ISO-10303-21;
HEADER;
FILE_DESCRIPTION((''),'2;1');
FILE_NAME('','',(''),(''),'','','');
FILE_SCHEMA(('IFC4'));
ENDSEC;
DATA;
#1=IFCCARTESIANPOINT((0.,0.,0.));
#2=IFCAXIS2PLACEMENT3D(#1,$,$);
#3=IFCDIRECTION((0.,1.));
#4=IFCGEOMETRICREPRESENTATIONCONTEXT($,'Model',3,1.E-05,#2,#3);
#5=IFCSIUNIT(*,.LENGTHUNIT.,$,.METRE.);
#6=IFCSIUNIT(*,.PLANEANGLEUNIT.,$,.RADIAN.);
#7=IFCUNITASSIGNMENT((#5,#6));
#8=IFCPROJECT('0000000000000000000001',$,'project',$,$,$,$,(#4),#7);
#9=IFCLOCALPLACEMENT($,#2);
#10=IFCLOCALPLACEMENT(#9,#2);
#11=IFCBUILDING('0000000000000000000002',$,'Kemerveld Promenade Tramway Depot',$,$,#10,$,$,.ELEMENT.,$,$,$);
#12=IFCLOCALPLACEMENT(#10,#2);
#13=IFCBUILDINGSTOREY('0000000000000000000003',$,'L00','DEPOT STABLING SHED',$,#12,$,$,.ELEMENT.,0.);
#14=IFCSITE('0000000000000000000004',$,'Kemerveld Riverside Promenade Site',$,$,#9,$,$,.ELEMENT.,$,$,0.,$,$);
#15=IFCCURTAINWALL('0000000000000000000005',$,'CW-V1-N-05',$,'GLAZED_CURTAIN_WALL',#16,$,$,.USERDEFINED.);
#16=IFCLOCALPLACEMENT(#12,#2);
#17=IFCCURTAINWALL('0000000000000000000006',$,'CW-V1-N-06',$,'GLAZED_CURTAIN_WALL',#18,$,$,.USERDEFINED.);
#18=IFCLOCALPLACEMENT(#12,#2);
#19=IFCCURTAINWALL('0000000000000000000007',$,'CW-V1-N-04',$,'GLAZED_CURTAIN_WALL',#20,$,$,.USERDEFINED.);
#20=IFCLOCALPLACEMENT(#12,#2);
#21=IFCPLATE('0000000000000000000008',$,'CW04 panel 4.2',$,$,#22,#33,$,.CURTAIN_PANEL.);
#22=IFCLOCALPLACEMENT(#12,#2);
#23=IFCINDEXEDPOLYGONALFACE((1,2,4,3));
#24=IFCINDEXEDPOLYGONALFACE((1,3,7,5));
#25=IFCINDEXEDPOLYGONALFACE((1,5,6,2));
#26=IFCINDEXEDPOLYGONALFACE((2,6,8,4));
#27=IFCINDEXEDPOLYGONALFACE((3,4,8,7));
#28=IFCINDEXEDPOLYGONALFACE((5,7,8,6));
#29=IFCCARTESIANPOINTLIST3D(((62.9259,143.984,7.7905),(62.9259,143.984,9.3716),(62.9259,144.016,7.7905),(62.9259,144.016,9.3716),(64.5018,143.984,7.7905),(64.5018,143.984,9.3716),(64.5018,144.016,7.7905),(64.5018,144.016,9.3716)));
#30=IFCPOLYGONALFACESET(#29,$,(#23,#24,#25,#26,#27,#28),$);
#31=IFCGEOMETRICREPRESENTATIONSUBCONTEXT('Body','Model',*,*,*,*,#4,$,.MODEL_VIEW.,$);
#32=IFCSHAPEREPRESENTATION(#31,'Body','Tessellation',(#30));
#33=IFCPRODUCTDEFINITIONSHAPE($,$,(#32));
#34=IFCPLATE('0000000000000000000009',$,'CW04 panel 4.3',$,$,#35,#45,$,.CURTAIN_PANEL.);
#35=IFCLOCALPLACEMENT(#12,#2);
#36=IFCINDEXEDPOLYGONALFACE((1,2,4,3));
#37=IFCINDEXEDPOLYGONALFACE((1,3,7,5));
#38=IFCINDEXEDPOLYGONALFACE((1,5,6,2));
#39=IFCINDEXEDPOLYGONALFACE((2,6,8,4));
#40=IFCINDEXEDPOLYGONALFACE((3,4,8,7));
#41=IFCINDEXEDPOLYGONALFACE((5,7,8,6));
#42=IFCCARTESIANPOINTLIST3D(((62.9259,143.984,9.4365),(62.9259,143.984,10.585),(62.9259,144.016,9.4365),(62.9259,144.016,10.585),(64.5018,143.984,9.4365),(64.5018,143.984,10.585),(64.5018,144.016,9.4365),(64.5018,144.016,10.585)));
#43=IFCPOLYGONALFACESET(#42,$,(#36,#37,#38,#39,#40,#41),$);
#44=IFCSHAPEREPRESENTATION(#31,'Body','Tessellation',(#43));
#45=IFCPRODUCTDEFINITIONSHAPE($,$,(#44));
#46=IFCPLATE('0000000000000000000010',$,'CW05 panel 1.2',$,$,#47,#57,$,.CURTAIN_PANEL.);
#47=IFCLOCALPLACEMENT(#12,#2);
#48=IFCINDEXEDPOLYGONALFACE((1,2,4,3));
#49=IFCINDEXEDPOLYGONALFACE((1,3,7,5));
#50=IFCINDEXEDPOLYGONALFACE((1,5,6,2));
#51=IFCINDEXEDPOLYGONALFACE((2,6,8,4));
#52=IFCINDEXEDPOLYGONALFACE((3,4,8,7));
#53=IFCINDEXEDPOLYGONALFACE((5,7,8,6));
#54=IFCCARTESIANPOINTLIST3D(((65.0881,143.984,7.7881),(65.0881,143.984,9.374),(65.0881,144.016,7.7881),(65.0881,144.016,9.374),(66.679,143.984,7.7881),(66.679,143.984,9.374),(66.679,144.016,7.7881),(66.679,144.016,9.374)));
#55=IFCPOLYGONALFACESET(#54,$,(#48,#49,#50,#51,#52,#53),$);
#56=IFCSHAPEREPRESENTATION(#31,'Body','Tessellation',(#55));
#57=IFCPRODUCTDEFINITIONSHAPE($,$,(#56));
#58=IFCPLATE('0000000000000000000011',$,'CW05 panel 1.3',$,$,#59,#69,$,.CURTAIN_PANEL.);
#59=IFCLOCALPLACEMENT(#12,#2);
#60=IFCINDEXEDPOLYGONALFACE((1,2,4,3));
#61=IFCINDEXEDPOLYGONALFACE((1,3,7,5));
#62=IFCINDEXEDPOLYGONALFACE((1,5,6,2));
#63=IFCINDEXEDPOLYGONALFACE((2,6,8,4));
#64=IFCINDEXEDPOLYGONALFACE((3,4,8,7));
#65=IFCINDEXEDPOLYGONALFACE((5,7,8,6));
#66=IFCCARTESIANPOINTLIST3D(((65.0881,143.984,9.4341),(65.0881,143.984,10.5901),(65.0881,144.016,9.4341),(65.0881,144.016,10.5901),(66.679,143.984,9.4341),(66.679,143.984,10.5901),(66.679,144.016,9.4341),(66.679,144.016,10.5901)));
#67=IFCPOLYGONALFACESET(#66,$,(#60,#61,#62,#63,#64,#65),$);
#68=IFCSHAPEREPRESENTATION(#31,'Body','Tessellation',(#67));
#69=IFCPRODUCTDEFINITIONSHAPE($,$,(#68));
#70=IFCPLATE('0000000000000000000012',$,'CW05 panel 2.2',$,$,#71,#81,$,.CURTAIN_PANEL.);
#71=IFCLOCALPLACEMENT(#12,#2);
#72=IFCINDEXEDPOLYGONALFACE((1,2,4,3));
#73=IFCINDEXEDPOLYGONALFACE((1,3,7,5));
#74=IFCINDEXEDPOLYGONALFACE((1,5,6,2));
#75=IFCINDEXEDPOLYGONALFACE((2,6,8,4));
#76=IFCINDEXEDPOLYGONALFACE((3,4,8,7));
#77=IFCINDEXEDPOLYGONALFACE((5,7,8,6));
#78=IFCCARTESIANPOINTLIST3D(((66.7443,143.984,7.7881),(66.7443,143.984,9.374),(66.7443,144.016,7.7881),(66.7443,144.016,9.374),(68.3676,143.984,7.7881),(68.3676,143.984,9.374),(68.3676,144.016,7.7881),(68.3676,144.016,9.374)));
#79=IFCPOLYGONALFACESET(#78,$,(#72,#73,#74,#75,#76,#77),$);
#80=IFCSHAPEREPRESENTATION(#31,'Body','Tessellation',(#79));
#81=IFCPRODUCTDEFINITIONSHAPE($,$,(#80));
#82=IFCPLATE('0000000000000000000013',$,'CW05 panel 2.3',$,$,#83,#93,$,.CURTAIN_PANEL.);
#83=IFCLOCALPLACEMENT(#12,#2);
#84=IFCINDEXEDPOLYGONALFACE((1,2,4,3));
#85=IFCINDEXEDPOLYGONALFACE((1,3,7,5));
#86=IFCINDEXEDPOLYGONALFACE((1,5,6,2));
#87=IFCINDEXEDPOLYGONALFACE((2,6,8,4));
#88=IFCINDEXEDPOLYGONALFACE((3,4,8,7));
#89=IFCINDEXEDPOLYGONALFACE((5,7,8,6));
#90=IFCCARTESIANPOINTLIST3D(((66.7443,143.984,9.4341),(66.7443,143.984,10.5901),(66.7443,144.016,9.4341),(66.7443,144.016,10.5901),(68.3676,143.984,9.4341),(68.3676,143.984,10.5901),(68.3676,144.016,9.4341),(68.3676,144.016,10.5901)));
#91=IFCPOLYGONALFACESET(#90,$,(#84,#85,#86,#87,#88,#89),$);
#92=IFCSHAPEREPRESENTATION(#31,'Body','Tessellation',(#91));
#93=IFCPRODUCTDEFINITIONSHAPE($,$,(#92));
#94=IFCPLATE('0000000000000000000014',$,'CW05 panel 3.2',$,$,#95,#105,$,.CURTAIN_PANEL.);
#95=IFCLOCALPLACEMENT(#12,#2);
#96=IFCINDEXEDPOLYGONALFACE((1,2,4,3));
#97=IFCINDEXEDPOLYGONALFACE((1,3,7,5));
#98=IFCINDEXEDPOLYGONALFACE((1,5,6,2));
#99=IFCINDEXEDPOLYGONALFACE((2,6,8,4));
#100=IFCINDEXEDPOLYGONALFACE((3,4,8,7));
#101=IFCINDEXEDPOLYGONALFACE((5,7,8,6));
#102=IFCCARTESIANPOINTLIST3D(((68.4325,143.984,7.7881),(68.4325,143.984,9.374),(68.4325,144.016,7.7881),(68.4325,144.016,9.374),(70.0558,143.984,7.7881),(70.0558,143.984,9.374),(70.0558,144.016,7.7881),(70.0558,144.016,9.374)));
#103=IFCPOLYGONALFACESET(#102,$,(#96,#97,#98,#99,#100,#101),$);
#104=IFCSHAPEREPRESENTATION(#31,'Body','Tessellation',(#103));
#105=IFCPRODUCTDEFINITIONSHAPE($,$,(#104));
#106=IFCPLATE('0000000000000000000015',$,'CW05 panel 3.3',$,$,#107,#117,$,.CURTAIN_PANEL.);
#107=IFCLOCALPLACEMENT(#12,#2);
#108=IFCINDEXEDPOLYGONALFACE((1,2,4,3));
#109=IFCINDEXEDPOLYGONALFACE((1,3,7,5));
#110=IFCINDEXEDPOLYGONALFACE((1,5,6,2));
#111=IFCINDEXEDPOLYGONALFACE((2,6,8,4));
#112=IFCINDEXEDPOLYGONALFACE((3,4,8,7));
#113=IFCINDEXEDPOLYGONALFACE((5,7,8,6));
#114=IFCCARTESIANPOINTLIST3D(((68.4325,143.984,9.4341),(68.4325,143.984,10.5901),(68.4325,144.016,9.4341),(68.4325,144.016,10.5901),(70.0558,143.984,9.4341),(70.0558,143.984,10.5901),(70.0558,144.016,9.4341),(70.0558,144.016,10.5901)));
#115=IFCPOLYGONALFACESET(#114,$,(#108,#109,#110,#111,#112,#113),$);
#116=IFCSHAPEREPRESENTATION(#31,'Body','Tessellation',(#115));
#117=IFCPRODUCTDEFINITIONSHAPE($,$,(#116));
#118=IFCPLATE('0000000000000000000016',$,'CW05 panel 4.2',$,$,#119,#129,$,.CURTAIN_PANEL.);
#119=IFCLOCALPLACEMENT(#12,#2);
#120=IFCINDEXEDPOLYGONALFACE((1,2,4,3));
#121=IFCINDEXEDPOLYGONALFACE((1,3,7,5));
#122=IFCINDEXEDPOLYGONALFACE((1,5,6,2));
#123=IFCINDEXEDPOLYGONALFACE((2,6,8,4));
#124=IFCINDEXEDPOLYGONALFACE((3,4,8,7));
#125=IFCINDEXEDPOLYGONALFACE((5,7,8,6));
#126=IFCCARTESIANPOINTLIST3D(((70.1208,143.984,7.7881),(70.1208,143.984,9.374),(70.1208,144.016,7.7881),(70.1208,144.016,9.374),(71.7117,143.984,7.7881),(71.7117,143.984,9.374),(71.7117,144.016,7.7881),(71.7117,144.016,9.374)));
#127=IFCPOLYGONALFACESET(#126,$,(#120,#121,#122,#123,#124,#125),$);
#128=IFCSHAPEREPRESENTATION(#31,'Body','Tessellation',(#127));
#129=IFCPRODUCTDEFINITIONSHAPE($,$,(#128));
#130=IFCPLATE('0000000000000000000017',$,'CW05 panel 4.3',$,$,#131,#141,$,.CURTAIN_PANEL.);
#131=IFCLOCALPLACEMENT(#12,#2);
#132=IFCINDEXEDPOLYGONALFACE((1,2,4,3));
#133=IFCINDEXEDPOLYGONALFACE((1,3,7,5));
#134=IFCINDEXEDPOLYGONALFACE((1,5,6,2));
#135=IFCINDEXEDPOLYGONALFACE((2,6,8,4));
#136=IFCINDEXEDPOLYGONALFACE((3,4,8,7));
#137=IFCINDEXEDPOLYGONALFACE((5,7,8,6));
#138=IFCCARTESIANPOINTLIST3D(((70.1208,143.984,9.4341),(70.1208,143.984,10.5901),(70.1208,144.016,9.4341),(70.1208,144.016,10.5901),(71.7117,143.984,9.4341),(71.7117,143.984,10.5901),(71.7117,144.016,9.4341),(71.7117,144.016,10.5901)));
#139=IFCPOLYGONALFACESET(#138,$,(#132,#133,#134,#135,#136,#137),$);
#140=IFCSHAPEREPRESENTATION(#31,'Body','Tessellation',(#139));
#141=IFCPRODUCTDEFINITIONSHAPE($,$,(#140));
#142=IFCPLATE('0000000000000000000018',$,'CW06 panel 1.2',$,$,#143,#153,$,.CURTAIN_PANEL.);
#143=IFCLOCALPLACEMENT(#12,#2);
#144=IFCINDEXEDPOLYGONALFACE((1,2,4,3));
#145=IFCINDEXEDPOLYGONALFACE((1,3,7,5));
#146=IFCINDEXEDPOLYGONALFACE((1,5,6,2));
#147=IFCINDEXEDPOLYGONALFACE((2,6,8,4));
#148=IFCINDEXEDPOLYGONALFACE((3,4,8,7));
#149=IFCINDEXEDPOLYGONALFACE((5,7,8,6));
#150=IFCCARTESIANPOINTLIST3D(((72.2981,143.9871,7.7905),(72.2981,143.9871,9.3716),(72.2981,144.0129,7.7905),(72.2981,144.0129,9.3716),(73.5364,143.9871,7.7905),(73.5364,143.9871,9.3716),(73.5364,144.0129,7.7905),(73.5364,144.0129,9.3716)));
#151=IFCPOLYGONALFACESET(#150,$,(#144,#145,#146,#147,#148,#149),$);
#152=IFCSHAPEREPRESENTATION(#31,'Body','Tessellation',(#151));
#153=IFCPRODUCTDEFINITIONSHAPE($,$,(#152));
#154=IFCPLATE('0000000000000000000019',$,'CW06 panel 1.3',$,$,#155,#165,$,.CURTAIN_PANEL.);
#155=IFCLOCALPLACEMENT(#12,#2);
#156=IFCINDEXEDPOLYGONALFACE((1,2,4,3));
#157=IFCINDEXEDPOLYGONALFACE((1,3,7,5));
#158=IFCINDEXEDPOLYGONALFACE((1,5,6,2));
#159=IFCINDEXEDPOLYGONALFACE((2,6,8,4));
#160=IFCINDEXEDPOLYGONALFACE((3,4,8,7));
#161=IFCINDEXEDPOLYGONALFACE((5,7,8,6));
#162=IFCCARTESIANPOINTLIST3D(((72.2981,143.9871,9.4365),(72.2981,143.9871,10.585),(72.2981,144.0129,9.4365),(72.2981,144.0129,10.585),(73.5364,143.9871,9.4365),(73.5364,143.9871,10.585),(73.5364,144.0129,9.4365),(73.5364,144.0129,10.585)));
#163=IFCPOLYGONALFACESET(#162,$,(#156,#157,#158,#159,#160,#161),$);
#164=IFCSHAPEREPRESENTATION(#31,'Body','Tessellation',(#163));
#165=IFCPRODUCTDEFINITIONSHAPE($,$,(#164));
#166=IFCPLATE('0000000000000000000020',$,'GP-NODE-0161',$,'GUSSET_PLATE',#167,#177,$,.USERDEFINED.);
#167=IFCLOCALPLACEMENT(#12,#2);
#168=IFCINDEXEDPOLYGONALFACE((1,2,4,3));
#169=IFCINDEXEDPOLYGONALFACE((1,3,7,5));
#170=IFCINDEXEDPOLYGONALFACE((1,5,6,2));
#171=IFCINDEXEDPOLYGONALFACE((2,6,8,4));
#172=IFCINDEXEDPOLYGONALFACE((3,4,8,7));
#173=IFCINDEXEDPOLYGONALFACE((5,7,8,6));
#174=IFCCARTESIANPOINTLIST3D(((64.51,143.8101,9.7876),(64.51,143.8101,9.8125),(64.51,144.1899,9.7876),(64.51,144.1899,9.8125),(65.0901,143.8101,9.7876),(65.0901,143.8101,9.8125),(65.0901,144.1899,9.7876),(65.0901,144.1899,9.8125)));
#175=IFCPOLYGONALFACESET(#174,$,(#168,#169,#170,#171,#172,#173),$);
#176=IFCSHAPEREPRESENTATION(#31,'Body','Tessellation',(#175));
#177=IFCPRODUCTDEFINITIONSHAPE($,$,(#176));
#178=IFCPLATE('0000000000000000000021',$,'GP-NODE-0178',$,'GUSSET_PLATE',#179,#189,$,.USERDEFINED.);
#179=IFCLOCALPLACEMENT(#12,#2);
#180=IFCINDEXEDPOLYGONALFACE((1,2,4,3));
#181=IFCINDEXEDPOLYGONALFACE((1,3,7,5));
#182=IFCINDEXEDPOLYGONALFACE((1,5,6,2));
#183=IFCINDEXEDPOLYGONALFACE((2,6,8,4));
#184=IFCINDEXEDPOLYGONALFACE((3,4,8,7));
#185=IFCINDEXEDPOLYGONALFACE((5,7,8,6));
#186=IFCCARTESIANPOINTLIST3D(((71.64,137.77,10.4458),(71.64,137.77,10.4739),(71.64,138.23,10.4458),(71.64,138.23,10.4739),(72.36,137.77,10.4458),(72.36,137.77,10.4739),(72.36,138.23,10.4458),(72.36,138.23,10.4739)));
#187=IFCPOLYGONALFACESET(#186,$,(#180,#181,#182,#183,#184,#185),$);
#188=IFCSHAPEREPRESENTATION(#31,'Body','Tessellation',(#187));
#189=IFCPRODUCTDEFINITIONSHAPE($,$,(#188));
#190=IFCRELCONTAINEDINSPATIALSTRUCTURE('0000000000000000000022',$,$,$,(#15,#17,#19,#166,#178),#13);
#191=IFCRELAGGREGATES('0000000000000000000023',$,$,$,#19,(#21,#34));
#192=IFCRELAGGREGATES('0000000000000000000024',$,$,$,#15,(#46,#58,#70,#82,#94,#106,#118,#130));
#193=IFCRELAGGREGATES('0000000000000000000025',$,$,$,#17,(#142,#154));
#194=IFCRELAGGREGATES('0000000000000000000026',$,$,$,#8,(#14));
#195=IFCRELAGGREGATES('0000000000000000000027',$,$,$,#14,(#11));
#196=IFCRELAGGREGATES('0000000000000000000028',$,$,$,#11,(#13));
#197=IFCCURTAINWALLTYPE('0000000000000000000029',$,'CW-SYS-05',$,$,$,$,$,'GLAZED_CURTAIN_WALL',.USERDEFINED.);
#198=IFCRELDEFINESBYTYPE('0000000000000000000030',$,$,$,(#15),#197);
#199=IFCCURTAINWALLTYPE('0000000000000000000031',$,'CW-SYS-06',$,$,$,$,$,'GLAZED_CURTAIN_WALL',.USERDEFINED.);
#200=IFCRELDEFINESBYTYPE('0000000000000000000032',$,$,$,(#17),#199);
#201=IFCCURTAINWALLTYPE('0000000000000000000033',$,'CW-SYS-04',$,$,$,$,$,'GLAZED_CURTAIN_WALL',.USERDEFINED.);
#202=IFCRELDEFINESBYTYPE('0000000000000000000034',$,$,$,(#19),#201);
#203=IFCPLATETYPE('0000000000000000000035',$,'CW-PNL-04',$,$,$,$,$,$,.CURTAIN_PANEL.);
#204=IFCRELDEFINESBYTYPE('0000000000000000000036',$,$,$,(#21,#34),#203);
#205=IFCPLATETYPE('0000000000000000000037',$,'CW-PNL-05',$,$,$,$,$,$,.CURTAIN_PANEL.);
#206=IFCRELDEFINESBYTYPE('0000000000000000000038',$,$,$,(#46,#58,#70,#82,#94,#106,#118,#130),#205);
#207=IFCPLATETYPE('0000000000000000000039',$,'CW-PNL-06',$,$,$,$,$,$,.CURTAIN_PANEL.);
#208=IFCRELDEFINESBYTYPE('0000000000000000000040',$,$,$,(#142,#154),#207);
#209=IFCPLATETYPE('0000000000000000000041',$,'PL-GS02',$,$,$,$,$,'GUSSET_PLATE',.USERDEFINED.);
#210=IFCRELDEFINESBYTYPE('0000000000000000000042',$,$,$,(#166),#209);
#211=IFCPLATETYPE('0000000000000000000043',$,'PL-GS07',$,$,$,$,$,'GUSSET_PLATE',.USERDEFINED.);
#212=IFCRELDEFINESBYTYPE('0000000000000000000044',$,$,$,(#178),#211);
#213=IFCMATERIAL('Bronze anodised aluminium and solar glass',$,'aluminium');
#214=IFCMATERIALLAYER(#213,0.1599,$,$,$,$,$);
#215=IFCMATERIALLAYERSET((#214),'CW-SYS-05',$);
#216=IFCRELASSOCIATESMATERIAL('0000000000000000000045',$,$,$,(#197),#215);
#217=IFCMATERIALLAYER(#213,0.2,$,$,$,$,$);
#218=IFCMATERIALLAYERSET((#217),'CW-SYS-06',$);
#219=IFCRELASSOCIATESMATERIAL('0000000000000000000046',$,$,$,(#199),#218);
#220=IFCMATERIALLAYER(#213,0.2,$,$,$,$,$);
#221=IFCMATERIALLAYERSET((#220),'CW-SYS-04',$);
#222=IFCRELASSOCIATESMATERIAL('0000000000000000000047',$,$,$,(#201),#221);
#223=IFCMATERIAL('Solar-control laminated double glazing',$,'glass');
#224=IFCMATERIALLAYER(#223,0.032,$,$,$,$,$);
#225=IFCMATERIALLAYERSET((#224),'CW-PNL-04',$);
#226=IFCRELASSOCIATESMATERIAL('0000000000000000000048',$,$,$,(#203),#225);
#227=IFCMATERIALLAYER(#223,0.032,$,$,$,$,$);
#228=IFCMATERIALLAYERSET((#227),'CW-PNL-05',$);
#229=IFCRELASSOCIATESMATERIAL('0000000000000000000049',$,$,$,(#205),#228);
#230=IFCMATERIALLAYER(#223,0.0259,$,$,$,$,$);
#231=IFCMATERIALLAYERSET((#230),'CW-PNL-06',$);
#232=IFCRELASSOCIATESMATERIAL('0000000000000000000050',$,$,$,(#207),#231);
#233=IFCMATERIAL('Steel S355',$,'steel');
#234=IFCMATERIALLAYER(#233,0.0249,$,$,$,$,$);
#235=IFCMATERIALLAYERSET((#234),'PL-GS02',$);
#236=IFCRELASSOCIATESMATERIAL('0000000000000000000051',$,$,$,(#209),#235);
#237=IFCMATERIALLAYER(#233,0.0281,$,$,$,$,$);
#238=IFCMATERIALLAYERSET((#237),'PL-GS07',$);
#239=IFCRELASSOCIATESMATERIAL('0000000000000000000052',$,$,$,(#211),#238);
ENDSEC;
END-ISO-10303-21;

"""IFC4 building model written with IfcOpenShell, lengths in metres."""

from ifc_helpers import new_model, si_unit, direction, frame, origin, origin_2d, place, context, subcontext, project, spatial, rectangle, extrude, material, layer, layer_set, type_object, element, aggregate, save


model = new_model("IFC4")

# Units and contexts
model_context = context("Model", 3, precision=1e-05, world=origin(), true_north=direction((0.0, 1.0)))
body_context = subcontext(model_context, "Body", "Model", "MODEL_VIEW")
ifc_project = project(units=[si_unit("LENGTHUNIT", "METRE"), si_unit("PLANEANGLEUNIT", "RADIAN")], contexts=[model_context])

# Site, building, storey
site_placement = place(None, origin())
site = spatial("IfcSite", under=ifc_project, at=site_placement, Name="Kemerveld Riverside Promenade Site", CompositionType="ELEMENT", RefElevation=0.0)
building_placement = place(site_placement, origin())
building = spatial("IfcBuilding", under=site, at=building_placement, Name="Kemerveld Promenade Tramway Depot", CompositionType="ELEMENT")
storey_placement = place(building_placement, origin())
storey = spatial("IfcBuildingStorey", under=building, at=storey_placement, Name="L00", Description="DEPOT STABLING SHED", CompositionType="ELEMENT", Elevation=0.0)

# Shared definitions
ifc_material_1 = material(Name="Steel S355", Category="steel")

# Curtain walls
ifc_material_2 = material(Name="Bronze anodised aluminium and solar glass", Category="aluminium")
ifc_layer_1 = layer(ifc_material_2, 0.1599)
ifc_layer_set_1 = layer_set([ifc_layer_1], Name="CW-SYS-05")
curtain_wall_type_1 = type_object("IfcCurtainWallType", Name="CW-SYS-05", ElementType="GLAZED_CURTAIN_WALL", PredefinedType="USERDEFINED", material=ifc_layer_set_1)
curtain_wall_1_placement = place(storey_placement, origin())
curtain_wall_1 = element("IfcCurtainWall", 1, at=curtain_wall_1_placement, inside=storey, type_object=curtain_wall_type_1, Name="CW-V1-N-05", ObjectType="GLAZED_CURTAIN_WALL", PredefinedType="USERDEFINED")
ifc_layer_2 = layer(ifc_material_2, 0.2)
ifc_layer_set_2 = layer_set([ifc_layer_2], Name="CW-SYS-06")
curtain_wall_type_2 = type_object("IfcCurtainWallType", Name="CW-SYS-06", ElementType="GLAZED_CURTAIN_WALL", PredefinedType="USERDEFINED", material=ifc_layer_set_2)
curtain_wall_2_placement = place(storey_placement, origin())
curtain_wall_2 = element("IfcCurtainWall", 2, at=curtain_wall_2_placement, inside=storey, type_object=curtain_wall_type_2, Name="CW-V1-N-06", ObjectType="GLAZED_CURTAIN_WALL", PredefinedType="USERDEFINED")

# Curtain wall, plates
ifc_layer_3 = layer(ifc_material_2, 0.2)
ifc_layer_set_3 = layer_set([ifc_layer_3], Name="CW-SYS-04")
curtain_wall_type_3 = type_object("IfcCurtainWallType", Name="CW-SYS-04", ElementType="GLAZED_CURTAIN_WALL", PredefinedType="USERDEFINED", material=ifc_layer_set_3)
curtain_wall_3_placement = place(storey_placement, origin())
curtain_wall_3 = element("IfcCurtainWall", 3, at=curtain_wall_3_placement, inside=storey, type_object=curtain_wall_type_3, Name="CW-V1-N-04", ObjectType="GLAZED_CURTAIN_WALL", PredefinedType="USERDEFINED")
ifc_material_3 = material(Name="Solar-control laminated double glazing", Category="glass")
ifc_layer_4 = layer(ifc_material_3, 0.032)
ifc_layer_set_4 = layer_set([ifc_layer_4], Name="CW-PNL-04")
plate_type_1 = type_object("IfcPlateType", Name="CW-PNL-04", PredefinedType="CURTAIN_PANEL", material=ifc_layer_set_4)
plate_1_placement = place(storey_placement, frame((63.7139, 144.0, 7.7905), z_axis=(0.0, 0.0, 1.0), x_axis=(1.0, 0.0, 0.0)))
plate_1 = element("IfcPlate", 4, at=plate_1_placement, type_object=plate_type_1, Name="CW04 panel 4.2", PredefinedType="CURTAIN_PANEL", context=body_context, shape_type="SweptSolid", body=[
    extrude(rectangle(XDim=1.5759, YDim=0.032, at=origin_2d()), origin(), (0.0, 0.0, 1.0), 1.5811),
])
plate_2_placement = place(storey_placement, frame((63.7139, 144.0, 9.4365), z_axis=(0.0, 0.0, 1.0), x_axis=(1.0, 0.0, 0.0)))
plate_2 = element("IfcPlate", 5, at=plate_2_placement, type_object=plate_type_1, Name="CW04 panel 4.3", PredefinedType="CURTAIN_PANEL", context=body_context, shape_type="SweptSolid", body=[
    extrude(rectangle(XDim=1.5759, YDim=0.032, at=origin_2d()), origin(), (0.0, 0.0, 1.0), 1.1484),
])
aggregate(curtain_wall_3, [plate_1, plate_2])

# Plates
ifc_layer_5 = layer(ifc_material_3, 0.032)
ifc_layer_set_5 = layer_set([ifc_layer_5], Name="CW-PNL-05")
plate_type_2 = type_object("IfcPlateType", Name="CW-PNL-05", PredefinedType="CURTAIN_PANEL", material=ifc_layer_set_5)
plate_3_placement = place(storey_placement, frame((65.8835, 144.0, 7.7881), z_axis=(0.0, 0.0, 1.0), x_axis=(1.0, 0.0, 0.0)))
plate_3 = element("IfcPlate", 6, at=plate_3_placement, type_object=plate_type_2, Name="CW05 panel 1.2", PredefinedType="CURTAIN_PANEL", context=body_context, shape_type="SweptSolid", body=[
    extrude(rectangle(XDim=1.5908, YDim=0.032, at=origin_2d()), origin(), (0.0, 0.0, 1.0), 1.5859),
])
plate_4_placement = place(storey_placement, frame((65.8835, 144.0, 9.4341), z_axis=(0.0, 0.0, 1.0), x_axis=(1.0, 0.0, 0.0)))
plate_4 = element("IfcPlate", 7, at=plate_4_placement, type_object=plate_type_2, Name="CW05 panel 1.3", PredefinedType="CURTAIN_PANEL", context=body_context, shape_type="SweptSolid", body=[
    extrude(rectangle(XDim=1.5908, YDim=0.032, at=origin_2d()), origin(), (0.0, 0.0, 1.0), 1.156),
])
plate_5_placement = place(storey_placement, frame((67.5559, 144.0, 7.7881), z_axis=(0.0, 0.0, 1.0), x_axis=(1.0, 0.0, 0.0)))
plate_5 = element("IfcPlate", 8, at=plate_5_placement, type_object=plate_type_2, Name="CW05 panel 2.2", PredefinedType="CURTAIN_PANEL", context=body_context, shape_type="SweptSolid", body=[
    extrude(rectangle(XDim=1.6233, YDim=0.032, at=origin_2d()), origin(), (0.0, 0.0, 1.0), 1.5859),
])
plate_6_placement = place(storey_placement, frame((67.5559, 144.0, 9.4341), z_axis=(0.0, 0.0, 1.0), x_axis=(1.0, 0.0, 0.0)))
plate_6 = element("IfcPlate", 9, at=plate_6_placement, type_object=plate_type_2, Name="CW05 panel 2.3", PredefinedType="CURTAIN_PANEL", context=body_context, shape_type="SweptSolid", body=[
    extrude(rectangle(XDim=1.6233, YDim=0.032, at=origin_2d()), origin(), (0.0, 0.0, 1.0), 1.156),
])
plate_7_placement = place(storey_placement, frame((69.2441, 144.0, 7.7881), z_axis=(0.0, 0.0, 1.0), x_axis=(1.0, 0.0, 0.0)))
plate_7 = element("IfcPlate", 10, at=plate_7_placement, type_object=plate_type_2, Name="CW05 panel 3.2", PredefinedType="CURTAIN_PANEL", context=body_context, shape_type="SweptSolid", body=[
    extrude(rectangle(XDim=1.6233, YDim=0.032, at=origin_2d()), origin(), (0.0, 0.0, 1.0), 1.5859),
])
plate_8_placement = place(storey_placement, frame((69.2441, 144.0, 9.4341), z_axis=(0.0, 0.0, 1.0), x_axis=(1.0, 0.0, 0.0)))
plate_8 = element("IfcPlate", 11, at=plate_8_placement, type_object=plate_type_2, Name="CW05 panel 3.3", PredefinedType="CURTAIN_PANEL", context=body_context, shape_type="SweptSolid", body=[
    extrude(rectangle(XDim=1.6233, YDim=0.032, at=origin_2d()), origin(), (0.0, 0.0, 1.0), 1.156),
])
plate_9_placement = place(storey_placement, frame((70.9163, 144.0, 7.7881), z_axis=(0.0, 0.0, 1.0), x_axis=(1.0, 0.0, 0.0)))
plate_9 = element("IfcPlate", 12, at=plate_9_placement, type_object=plate_type_2, Name="CW05 panel 4.2", PredefinedType="CURTAIN_PANEL", context=body_context, shape_type="SweptSolid", body=[
    extrude(rectangle(XDim=1.5908, YDim=0.032, at=origin_2d()), origin(), (0.0, 0.0, 1.0), 1.5859),
])
plate_10_placement = place(storey_placement, frame((70.9163, 144.0, 9.4341), z_axis=(0.0, 0.0, 1.0), x_axis=(1.0, 0.0, 0.0)))
plate_10 = element("IfcPlate", 13, at=plate_10_placement, type_object=plate_type_2, Name="CW05 panel 4.3", PredefinedType="CURTAIN_PANEL", context=body_context, shape_type="SweptSolid", body=[
    extrude(rectangle(XDim=1.5908, YDim=0.032, at=origin_2d()), origin(), (0.0, 0.0, 1.0), 1.156),
])
aggregate(curtain_wall_1, [plate_3, plate_4, plate_5, plate_6, plate_7, plate_8, plate_9, plate_10])
ifc_layer_6 = layer(ifc_material_3, 0.0259)
ifc_layer_set_6 = layer_set([ifc_layer_6], Name="CW-PNL-06")
plate_type_3 = type_object("IfcPlateType", Name="CW-PNL-06", PredefinedType="CURTAIN_PANEL", material=ifc_layer_set_6)
plate_11_placement = place(storey_placement, frame((72.9172, 144.0, 7.7905), z_axis=(0.0, 0.0, 1.0), x_axis=(1.0, 0.0, 0.0)))
plate_11 = element("IfcPlate", 14, at=plate_11_placement, type_object=plate_type_3, Name="CW06 panel 1.2", PredefinedType="CURTAIN_PANEL", context=body_context, shape_type="SweptSolid", body=[
    extrude(rectangle(XDim=1.2383, YDim=0.0259, at=origin_2d()), origin(), (0.0, 0.0, 1.0), 1.5811),
])
plate_12_placement = place(storey_placement, frame((72.9172, 144.0, 9.4365), z_axis=(0.0, 0.0, 1.0), x_axis=(1.0, 0.0, 0.0)))
plate_12 = element("IfcPlate", 15, at=plate_12_placement, type_object=plate_type_3, Name="CW06 panel 1.3", PredefinedType="CURTAIN_PANEL", context=body_context, shape_type="SweptSolid", body=[
    extrude(rectangle(XDim=1.2383, YDim=0.0259, at=origin_2d()), origin(), (0.0, 0.0, 1.0), 1.1484),
])
aggregate(curtain_wall_2, [plate_11, plate_12])

# Plates
ifc_layer_7 = layer(ifc_material_1, 0.0249)
ifc_layer_set_7 = layer_set([ifc_layer_7], Name="PL-GS02")
plate_type_4 = type_object("IfcPlateType", Name="PL-GS02", ElementType="GUSSET_PLATE", PredefinedType="USERDEFINED", material=ifc_layer_set_7)
plate_13_placement = place(storey_placement, frame((64.8, 144.0, 9.7876), z_axis=(0.0, 0.0, 1.0), x_axis=(1.0, 0.0, 0.0)))
element("IfcPlate", 16, at=plate_13_placement, inside=storey, type_object=plate_type_4, Name="GP-NODE-0161", ObjectType="GUSSET_PLATE", PredefinedType="USERDEFINED", context=body_context, shape_type="SweptSolid", body=[
    extrude(rectangle(XDim=0.5801, YDim=0.3799, at=origin_2d()), origin(), (0.0, 0.0, 1.0), 0.0249),
])
ifc_layer_8 = layer(ifc_material_1, 0.0281)
ifc_layer_set_8 = layer_set([ifc_layer_8], Name="PL-GS07")
plate_type_5 = type_object("IfcPlateType", Name="PL-GS07", ElementType="GUSSET_PLATE", PredefinedType="USERDEFINED", material=ifc_layer_set_8)
plate_14_placement = place(storey_placement, frame((72.0, 138.0, 10.4458), z_axis=(0.0, 0.0, 1.0), x_axis=(1.0, 0.0, 0.0)))
element("IfcPlate", 17, at=plate_14_placement, inside=storey, type_object=plate_type_5, Name="GP-NODE-0178", ObjectType="GUSSET_PLATE", PredefinedType="USERDEFINED", context=body_context, shape_type="SweptSolid", body=[
    extrude(rectangle(XDim=0.72, YDim=0.46, at=origin_2d()), origin(), (0.0, 0.0, 1.0), 0.0281),
])

save(model, "model.ifc")
